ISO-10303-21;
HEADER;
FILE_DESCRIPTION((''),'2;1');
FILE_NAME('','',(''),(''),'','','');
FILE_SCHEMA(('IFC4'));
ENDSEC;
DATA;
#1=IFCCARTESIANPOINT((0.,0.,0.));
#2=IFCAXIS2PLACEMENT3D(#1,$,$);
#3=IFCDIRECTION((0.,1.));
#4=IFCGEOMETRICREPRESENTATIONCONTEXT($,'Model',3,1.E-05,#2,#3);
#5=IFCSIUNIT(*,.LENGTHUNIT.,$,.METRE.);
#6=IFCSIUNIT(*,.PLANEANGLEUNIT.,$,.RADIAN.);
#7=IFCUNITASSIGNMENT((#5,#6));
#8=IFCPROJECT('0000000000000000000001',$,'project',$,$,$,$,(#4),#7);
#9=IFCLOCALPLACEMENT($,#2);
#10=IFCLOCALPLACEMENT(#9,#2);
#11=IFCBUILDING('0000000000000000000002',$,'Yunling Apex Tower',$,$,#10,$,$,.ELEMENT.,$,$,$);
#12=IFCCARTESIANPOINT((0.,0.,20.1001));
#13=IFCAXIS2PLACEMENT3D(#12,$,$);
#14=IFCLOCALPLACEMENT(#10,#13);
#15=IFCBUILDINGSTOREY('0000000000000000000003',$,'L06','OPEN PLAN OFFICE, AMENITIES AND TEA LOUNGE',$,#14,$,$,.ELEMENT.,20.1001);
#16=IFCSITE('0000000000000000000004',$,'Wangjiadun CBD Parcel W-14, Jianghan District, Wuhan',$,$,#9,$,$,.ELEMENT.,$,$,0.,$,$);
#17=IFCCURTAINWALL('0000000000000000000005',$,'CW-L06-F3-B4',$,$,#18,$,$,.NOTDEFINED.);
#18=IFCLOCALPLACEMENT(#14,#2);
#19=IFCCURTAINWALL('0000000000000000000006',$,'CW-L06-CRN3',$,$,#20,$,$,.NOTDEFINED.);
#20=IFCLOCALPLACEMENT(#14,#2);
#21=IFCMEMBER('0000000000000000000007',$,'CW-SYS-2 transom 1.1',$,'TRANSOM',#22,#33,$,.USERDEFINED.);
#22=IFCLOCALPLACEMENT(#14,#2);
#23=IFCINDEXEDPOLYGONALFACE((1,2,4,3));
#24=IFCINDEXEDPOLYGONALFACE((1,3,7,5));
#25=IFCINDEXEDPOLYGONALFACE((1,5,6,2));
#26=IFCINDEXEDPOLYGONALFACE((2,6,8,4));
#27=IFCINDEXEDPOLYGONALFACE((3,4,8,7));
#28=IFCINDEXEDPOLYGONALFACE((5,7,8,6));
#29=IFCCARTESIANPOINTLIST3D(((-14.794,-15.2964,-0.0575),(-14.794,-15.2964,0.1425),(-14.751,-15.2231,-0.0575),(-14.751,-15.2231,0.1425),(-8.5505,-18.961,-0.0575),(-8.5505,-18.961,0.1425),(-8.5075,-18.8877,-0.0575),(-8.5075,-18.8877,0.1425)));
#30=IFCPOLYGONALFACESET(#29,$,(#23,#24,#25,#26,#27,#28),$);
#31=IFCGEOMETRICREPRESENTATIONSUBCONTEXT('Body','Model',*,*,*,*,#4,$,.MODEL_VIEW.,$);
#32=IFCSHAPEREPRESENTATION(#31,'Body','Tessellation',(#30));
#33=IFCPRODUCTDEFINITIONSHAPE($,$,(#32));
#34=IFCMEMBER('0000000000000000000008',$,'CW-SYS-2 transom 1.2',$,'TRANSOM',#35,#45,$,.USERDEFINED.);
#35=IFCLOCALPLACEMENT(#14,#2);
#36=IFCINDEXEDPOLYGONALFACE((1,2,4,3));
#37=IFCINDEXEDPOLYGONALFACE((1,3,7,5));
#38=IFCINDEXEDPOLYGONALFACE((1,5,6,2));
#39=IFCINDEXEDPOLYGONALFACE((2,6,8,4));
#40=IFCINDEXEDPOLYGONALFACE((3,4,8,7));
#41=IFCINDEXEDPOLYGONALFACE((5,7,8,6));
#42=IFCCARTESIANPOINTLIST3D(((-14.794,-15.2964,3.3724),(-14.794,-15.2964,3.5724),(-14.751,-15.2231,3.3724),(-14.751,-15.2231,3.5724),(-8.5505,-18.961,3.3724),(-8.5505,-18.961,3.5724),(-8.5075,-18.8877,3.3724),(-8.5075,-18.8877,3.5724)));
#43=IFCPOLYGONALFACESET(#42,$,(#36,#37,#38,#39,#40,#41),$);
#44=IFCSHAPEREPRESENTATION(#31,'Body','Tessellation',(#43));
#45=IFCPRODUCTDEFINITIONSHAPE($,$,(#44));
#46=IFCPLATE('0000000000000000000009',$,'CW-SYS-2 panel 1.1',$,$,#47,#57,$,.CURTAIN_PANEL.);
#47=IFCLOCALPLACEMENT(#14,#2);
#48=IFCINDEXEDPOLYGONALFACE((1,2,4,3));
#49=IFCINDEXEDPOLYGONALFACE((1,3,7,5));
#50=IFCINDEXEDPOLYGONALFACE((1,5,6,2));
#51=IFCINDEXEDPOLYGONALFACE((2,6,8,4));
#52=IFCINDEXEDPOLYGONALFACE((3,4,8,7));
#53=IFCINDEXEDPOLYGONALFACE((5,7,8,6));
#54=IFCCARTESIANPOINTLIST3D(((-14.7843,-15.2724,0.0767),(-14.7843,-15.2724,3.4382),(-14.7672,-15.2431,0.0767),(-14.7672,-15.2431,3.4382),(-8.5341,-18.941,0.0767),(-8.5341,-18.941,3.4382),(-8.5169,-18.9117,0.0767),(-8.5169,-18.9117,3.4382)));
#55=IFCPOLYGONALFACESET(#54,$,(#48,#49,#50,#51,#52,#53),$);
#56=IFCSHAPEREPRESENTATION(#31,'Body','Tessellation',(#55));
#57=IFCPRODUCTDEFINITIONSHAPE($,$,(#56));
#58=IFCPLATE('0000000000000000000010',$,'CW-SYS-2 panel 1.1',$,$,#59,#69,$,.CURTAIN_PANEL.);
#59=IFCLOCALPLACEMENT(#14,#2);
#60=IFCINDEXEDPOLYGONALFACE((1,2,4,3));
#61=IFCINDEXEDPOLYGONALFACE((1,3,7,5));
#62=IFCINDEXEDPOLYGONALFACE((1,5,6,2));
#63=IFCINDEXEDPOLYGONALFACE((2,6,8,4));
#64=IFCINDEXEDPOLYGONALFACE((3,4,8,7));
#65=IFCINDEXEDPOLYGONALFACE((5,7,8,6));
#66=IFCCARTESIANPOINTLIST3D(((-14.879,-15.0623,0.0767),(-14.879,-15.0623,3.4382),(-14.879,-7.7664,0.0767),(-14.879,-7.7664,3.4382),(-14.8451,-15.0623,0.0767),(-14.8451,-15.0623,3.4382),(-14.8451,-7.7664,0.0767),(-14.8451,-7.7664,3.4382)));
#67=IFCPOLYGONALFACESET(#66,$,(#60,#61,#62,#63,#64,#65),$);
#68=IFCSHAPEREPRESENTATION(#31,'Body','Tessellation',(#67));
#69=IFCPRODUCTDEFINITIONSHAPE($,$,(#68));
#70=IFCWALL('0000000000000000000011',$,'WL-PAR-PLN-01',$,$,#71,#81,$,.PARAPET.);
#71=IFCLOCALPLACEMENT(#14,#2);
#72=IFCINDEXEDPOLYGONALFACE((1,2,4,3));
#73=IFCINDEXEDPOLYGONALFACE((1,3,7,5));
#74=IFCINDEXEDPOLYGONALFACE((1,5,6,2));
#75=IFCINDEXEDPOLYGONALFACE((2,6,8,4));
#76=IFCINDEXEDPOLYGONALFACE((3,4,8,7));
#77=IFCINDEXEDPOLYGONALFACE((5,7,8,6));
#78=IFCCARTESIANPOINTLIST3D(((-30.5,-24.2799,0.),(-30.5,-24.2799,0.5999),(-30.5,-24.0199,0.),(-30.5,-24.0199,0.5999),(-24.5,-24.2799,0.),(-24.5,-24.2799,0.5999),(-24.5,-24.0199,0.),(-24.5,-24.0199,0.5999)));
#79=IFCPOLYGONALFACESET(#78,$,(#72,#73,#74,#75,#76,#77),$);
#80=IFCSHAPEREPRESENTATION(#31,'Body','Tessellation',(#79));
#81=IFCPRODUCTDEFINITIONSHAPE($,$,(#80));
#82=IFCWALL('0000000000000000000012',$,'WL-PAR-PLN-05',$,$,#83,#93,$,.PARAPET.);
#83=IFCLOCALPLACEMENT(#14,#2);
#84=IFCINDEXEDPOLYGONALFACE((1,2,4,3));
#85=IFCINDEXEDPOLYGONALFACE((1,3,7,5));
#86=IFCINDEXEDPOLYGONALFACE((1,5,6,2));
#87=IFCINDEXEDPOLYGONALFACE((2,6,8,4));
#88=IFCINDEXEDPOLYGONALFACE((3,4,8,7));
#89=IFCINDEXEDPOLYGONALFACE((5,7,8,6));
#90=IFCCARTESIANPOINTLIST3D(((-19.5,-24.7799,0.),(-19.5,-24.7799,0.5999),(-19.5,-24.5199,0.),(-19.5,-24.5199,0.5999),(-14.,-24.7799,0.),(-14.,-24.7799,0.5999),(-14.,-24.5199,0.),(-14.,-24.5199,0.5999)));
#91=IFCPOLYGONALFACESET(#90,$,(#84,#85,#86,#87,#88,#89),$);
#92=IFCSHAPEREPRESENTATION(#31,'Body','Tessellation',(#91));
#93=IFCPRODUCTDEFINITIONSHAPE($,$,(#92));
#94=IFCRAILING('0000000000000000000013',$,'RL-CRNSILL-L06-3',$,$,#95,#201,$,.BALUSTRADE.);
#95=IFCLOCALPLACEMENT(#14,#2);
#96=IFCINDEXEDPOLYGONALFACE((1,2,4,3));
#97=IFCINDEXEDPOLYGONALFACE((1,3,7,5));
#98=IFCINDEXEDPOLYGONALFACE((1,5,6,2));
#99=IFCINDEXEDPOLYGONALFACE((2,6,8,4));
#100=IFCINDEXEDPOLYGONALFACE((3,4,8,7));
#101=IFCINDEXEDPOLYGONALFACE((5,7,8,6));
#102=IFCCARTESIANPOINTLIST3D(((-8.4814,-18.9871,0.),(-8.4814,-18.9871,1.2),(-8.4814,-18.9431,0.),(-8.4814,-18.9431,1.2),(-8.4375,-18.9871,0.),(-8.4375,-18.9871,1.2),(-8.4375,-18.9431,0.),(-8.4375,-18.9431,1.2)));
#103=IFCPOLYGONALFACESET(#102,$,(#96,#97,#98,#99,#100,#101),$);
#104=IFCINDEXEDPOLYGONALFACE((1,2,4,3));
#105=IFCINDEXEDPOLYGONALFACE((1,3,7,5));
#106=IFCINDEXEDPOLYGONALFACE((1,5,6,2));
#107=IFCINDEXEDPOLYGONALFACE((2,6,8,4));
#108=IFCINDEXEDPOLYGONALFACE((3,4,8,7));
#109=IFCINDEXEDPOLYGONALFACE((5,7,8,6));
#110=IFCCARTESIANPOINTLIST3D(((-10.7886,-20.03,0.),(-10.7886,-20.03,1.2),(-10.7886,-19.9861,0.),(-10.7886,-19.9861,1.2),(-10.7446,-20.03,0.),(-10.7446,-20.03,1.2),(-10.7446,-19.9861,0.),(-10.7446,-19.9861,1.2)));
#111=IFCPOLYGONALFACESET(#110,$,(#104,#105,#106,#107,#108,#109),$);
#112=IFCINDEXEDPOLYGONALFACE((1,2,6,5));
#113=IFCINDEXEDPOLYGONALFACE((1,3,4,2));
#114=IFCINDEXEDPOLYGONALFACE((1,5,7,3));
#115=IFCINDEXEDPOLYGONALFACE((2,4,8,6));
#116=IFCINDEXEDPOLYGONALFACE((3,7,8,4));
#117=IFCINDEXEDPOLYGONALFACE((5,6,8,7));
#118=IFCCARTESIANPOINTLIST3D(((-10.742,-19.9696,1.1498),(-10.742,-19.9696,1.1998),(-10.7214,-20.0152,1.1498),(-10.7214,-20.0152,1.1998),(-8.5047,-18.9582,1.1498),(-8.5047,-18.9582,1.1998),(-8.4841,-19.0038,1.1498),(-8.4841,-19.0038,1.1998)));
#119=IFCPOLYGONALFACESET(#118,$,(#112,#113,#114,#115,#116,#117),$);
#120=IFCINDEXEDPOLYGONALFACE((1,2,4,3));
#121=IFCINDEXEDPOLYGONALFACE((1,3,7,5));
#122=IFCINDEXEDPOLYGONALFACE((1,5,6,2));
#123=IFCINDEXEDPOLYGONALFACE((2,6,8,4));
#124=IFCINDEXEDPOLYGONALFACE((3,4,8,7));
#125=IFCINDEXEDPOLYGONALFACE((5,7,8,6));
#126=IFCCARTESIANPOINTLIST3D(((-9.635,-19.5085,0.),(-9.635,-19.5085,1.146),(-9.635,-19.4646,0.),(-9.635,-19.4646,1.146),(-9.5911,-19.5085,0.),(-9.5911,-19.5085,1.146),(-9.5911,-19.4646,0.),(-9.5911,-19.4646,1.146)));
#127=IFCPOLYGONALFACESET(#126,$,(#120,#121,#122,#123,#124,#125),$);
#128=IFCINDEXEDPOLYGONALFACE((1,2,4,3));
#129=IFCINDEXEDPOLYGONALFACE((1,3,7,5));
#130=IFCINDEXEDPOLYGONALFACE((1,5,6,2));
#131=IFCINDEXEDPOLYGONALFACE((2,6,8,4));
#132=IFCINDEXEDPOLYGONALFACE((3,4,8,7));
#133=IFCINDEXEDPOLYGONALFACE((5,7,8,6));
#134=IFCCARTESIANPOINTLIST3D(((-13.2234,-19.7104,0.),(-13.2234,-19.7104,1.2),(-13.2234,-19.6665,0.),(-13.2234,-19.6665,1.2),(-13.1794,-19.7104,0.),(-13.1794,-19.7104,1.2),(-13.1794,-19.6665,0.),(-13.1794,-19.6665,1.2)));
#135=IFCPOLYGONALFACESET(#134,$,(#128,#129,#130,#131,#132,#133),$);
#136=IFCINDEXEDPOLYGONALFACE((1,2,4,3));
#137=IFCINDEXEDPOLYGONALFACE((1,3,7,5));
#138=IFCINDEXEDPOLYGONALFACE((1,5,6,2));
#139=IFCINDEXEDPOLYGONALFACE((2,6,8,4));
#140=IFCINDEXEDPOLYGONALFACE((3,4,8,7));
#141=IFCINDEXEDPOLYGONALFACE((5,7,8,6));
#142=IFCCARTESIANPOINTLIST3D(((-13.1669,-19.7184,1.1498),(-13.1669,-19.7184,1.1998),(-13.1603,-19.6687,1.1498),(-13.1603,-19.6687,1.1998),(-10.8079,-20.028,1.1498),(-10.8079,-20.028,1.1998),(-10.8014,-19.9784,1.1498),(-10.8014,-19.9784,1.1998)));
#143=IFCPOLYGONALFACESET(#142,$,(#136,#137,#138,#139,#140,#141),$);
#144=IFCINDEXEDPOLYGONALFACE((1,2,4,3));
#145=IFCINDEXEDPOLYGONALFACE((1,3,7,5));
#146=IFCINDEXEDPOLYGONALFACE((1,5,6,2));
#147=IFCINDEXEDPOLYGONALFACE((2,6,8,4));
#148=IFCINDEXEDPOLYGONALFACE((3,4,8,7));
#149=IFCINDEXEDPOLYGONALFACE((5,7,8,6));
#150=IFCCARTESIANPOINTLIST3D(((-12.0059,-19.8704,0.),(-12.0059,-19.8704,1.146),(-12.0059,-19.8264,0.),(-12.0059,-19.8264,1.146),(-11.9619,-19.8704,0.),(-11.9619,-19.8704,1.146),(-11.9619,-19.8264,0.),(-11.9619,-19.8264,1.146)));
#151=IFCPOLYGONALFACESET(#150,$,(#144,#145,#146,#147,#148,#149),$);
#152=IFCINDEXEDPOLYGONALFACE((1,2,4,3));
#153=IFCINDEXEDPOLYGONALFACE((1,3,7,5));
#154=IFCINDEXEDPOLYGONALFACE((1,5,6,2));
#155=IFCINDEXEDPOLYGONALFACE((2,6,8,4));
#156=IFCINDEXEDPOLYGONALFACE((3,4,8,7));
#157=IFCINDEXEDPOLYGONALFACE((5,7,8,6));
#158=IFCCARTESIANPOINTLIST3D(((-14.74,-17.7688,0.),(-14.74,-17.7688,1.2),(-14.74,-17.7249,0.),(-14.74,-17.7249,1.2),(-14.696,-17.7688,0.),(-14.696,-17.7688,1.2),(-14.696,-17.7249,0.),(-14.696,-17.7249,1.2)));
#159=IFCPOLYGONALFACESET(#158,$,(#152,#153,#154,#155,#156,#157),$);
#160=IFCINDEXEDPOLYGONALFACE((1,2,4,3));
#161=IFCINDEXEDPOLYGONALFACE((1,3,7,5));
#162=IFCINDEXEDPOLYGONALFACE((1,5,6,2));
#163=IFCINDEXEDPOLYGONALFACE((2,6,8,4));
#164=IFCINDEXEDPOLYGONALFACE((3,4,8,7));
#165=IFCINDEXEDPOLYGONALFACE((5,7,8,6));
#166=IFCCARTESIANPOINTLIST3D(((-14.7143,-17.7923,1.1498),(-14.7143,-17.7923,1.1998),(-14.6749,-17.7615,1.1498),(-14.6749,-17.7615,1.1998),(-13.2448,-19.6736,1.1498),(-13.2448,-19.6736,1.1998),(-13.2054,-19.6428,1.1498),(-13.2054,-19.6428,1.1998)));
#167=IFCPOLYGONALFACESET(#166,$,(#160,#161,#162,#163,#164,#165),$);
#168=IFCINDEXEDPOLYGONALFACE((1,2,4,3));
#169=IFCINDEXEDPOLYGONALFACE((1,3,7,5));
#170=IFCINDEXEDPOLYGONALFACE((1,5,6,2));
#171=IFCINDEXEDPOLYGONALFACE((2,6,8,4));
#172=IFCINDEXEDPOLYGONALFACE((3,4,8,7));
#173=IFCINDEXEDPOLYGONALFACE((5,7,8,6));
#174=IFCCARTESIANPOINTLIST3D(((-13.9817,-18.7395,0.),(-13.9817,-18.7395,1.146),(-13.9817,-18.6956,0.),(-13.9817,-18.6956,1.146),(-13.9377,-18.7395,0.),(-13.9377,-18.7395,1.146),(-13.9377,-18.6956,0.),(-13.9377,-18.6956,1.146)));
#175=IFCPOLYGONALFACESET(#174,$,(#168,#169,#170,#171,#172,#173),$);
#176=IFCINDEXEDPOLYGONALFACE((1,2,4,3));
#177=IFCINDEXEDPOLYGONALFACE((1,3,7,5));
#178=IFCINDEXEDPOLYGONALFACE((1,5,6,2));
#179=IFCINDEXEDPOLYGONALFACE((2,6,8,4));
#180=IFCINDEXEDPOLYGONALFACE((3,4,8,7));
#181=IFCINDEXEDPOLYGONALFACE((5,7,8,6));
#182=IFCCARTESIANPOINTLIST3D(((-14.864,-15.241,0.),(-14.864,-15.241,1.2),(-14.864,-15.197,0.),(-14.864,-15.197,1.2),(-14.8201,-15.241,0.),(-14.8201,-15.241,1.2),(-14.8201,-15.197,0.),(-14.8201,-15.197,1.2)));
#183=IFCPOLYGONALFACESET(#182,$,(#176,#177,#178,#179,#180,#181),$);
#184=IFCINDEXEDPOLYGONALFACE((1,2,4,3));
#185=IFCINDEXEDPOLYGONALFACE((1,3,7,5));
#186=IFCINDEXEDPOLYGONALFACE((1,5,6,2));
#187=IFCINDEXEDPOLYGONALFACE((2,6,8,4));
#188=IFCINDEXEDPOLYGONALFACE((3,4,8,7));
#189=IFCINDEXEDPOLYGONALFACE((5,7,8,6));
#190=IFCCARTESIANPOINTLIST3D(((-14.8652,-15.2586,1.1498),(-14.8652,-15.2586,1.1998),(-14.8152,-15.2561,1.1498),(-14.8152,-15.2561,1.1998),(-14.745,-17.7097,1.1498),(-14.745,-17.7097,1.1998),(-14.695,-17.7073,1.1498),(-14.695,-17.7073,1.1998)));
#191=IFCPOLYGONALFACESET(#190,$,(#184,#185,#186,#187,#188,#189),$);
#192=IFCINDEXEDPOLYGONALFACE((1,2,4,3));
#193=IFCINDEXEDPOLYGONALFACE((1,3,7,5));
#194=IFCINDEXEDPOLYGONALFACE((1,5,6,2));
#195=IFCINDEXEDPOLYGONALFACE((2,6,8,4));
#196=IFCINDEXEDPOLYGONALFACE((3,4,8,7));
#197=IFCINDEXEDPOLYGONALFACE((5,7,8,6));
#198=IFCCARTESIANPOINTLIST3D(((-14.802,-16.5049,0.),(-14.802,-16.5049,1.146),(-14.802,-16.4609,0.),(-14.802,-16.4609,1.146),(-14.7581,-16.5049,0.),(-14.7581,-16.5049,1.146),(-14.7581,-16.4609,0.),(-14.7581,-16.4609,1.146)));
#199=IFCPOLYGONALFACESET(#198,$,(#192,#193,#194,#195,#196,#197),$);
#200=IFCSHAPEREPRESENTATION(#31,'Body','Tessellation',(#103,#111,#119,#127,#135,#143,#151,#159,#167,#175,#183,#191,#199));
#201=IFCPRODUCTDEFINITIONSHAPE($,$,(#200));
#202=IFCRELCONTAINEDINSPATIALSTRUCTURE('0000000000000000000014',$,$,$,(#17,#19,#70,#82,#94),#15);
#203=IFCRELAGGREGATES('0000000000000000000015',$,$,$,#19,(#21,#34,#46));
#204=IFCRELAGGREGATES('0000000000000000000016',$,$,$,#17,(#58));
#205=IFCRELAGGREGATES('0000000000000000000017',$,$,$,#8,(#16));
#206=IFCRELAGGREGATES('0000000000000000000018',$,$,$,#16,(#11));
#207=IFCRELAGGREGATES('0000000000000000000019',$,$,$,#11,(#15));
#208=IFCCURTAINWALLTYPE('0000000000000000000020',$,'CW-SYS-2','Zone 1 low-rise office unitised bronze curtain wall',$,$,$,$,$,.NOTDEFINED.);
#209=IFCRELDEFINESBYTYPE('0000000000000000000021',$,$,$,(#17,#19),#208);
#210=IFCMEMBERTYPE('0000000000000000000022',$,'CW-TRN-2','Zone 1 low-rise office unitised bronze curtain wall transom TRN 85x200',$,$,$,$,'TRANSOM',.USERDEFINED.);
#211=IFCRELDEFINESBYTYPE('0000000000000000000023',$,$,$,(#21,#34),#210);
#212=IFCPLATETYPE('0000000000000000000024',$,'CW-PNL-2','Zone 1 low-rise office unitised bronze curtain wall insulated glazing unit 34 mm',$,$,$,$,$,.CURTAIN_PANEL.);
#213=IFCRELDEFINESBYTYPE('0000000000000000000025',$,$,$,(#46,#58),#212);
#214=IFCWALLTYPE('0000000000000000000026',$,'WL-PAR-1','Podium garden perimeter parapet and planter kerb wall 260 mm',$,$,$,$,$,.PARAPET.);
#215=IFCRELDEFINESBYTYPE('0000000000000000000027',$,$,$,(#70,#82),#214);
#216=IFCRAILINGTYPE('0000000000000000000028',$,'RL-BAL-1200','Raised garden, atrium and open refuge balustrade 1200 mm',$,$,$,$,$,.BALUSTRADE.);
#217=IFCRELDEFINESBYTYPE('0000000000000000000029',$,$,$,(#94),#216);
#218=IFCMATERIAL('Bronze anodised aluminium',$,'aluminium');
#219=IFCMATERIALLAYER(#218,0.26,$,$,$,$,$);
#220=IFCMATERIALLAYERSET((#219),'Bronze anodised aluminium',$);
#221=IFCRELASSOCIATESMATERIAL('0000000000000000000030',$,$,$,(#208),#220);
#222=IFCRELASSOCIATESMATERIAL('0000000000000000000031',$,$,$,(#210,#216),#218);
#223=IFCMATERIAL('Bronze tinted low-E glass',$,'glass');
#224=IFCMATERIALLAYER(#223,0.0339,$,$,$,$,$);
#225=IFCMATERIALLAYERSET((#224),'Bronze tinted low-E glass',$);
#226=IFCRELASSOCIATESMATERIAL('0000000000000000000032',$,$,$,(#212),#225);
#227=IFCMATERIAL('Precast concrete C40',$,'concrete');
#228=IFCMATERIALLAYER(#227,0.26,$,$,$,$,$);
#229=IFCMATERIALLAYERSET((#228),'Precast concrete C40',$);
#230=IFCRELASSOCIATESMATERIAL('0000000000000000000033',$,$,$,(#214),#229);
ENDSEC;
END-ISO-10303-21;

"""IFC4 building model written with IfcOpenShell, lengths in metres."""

from ifc_helpers import new_model, si_unit, direction, frame, frame_2d, origin, origin_2d, place, context, subcontext, project, spatial, rectangle, extrude, source, transform, mapped, material, layer, layer_set, material_profile, profile_set, type_object, element, aggregate, save


model = new_model("IFC4")

# Units and contexts
model_context = context("Model", 3, precision=1e-05, world=origin(), true_north=direction((0.0, 1.0)))
body_context = subcontext(model_context, "Body", "Model", "MODEL_VIEW")
ifc_project = project(units=[si_unit("LENGTHUNIT", "METRE"), si_unit("PLANEANGLEUNIT", "RADIAN")], contexts=[model_context])

# Site, building, storey
site_placement = place(None, origin())
site = spatial("IfcSite", under=ifc_project, at=site_placement, Name="Wangjiadun CBD Parcel W-14, Jianghan District, Wuhan", CompositionType="ELEMENT", RefElevation=0.0)
building_placement = place(site_placement, origin())
building = spatial("IfcBuilding", under=site, at=building_placement, Name="Yunling Apex Tower", CompositionType="ELEMENT")
storey_placement = place(building_placement, frame((0.0, 0.0, 20.1001)))
storey = spatial("IfcBuildingStorey", under=building, at=storey_placement, Name="L06", Description="OPEN PLAN OFFICE, AMENITIES AND TEA LOUNGE", CompositionType="ELEMENT", Elevation=20.1001)

# Curtain wall
ifc_material_1 = material(Name="Bronze anodised aluminium", Category="aluminium")
ifc_layer_1 = layer(ifc_material_1, 0.26)
ifc_layer_set_1 = layer_set([ifc_layer_1], Name="Bronze anodised aluminium")
curtain_wall_type = type_object("IfcCurtainWallType", Name="CW-SYS-2", Description="Zone 1 low-rise office unitised bronze curtain wall", PredefinedType="NOTDEFINED", material=ifc_layer_set_1)
curtain_wall_1_placement = place(storey_placement, origin())
curtain_wall_1 = element("IfcCurtainWall", 1, at=curtain_wall_1_placement, inside=storey, type_object=curtain_wall_type, Name="CW-L06-F3-B4", PredefinedType="NOTDEFINED")

# Curtain wall, members, plate
curtain_wall_2_placement = place(storey_placement, origin())
curtain_wall_2 = element("IfcCurtainWall", 2, at=curtain_wall_2_placement, inside=storey, type_object=curtain_wall_type, Name="CW-L06-CRN3", PredefinedType="NOTDEFINED")
ifc_material_profile_1 = material_profile(ifc_material_1, rectangle(XDim=0.085, YDim=0.2, at=origin_2d()))
ifc_profile_set_1 = profile_set([ifc_material_profile_1], Name="Bronze anodised aluminium")
member_type_1 = type_object("IfcMemberType", Name="CW-TRN-2", Description="Zone 1 low-rise office unitised bronze curtain wall transom TRN 85x200", ElementType="TRANSOM", PredefinedType="USERDEFINED", material=ifc_profile_set_1)
shared_shape_1 = source(origin(), body_context, "Body", "SweptSolid", [
    extrude(rectangle(XDim=0.085, YDim=0.2, at=origin_2d()), origin(), (0.0, 0.0, 1.0), 7.2395),
])
member_1_placement = place(storey_placement, frame((-14.7725, -15.2598, 0.0425), z_axis=(0.862419, -0.506195, 0.0), x_axis=(0.506195, 0.862419, 0.0)))
member_1 = element("IfcMember", 3, at=member_1_placement, type_object=member_type_1, Name="CW-SYS-2 transom 1.1", ObjectType="TRANSOM", PredefinedType="USERDEFINED", context=body_context, shape_type="MappedRepresentation", body=[
    mapped(shared_shape_1, transform((0.0, 0.0, 0.0), scale=1.0)),
])
member_2_placement = place(storey_placement, frame((-14.7725, -15.2598, 3.4724), z_axis=(0.862419, -0.506195, 0.0), x_axis=(0.506195, 0.862419, 0.0)))
member_2 = element("IfcMember", 4, at=member_2_placement, type_object=member_type_1, Name="CW-SYS-2 transom 1.2", ObjectType="TRANSOM", PredefinedType="USERDEFINED", context=body_context, shape_type="MappedRepresentation", body=[
    mapped(shared_shape_1, transform((0.0, 0.0, 0.0), scale=1.0)),
])
ifc_material_2 = material(Name="Bronze tinted low-E glass", Category="glass")
ifc_layer_2 = layer(ifc_material_2, 0.0339)
ifc_layer_set_2 = layer_set([ifc_layer_2], Name="Bronze tinted low-E glass")
plate_type = type_object("IfcPlateType", Name="CW-PNL-2", Description="Zone 1 low-rise office unitised bronze curtain wall insulated glazing unit 34 mm", PredefinedType="CURTAIN_PANEL", material=ifc_layer_set_2)
shared_shape_2 = source(origin(), body_context, "Body", "SweptSolid", [
    extrude(rectangle(XDim=7.2473, YDim=0.0339, at=origin_2d()), origin(), (0.0, 0.0, 1.0), 3.3616),
])
plate_1_placement = place(storey_placement, frame((-11.6506, -17.092, 0.0767), z_axis=(0.0, 0.0, 1.0), x_axis=(0.862419, -0.506196, 0.0)))
plate_1 = element("IfcPlate", 5, at=plate_1_placement, type_object=plate_type, Name="CW-SYS-2 panel 1.1", PredefinedType="CURTAIN_PANEL", context=body_context, shape_type="MappedRepresentation", body=[
    mapped(shared_shape_2, transform((0.0, 0.0, 0.0), scale=1.0)),
])
aggregate(curtain_wall_2, [member_1, member_2, plate_1])

# Plate
shared_shape_3 = source(origin(), body_context, "Body", "SweptSolid", [
    extrude(rectangle(XDim=7.2959, YDim=0.0339, at=origin_2d()), origin(), (0.0, 0.0, 1.0), 3.3616),
])
plate_2_placement = place(storey_placement, frame((-14.8621, -11.4143, 0.0767), z_axis=(0.0, 0.0, 1.0), x_axis=(0.0, -1.0, 0.0)))
plate_2 = element("IfcPlate", 6, at=plate_2_placement, type_object=plate_type, Name="CW-SYS-2 panel 1.1", PredefinedType="CURTAIN_PANEL", context=body_context, shape_type="MappedRepresentation", body=[
    mapped(shared_shape_3, transform((0.0, 0.0, 0.0), scale=1.0)),
])
aggregate(curtain_wall_1, [plate_2])

# Walls
ifc_material_3 = material(Name="Precast concrete C40", Category="concrete")
ifc_layer_3 = layer(ifc_material_3, 0.26)
ifc_layer_set_3 = layer_set([ifc_layer_3], Name="Precast concrete C40")
wall_type = type_object("IfcWallType", Name="WL-PAR-1", Description="Podium garden perimeter parapet and planter kerb wall 260 mm", PredefinedType="PARAPET", material=ifc_layer_set_3)
wall_1_placement = place(storey_placement, frame((-30.5, -24.1499, 0.0), z_axis=(0.0, 0.0, 1.0), x_axis=(1.0, 0.0, 0.0)))
element("IfcWall", 7, at=wall_1_placement, inside=storey, type_object=wall_type, Name="WL-PAR-PLN-01", PredefinedType="PARAPET", context=body_context, shape_type="SweptSolid", body=[
    extrude(rectangle(XDim=6.0, YDim=0.26, at=frame_2d((3.0, 0.0))), origin(), (0.0, 0.0, 1.0), 0.5999),
])
wall_2_placement = place(storey_placement, frame((-19.5, -24.6499, 0.0), z_axis=(0.0, 0.0, 1.0), x_axis=(1.0, 0.0, 0.0)))
element("IfcWall", 8, at=wall_2_placement, inside=storey, type_object=wall_type, Name="WL-PAR-PLN-05", PredefinedType="PARAPET", context=body_context, shape_type="SweptSolid", body=[
    extrude(rectangle(XDim=5.5, YDim=0.26, at=frame_2d((2.75, 0.0))), origin(), (0.0, 0.0, 1.0), 0.5999),
])

# Railing
railing_type = type_object("IfcRailingType", Name="RL-BAL-1200", Description="Raised garden, atrium and open refuge balustrade 1200 mm", PredefinedType="BALUSTRADE", material=ifc_material_1)
railing_1_placement = place(storey_placement, frame((-8.4595, -18.9651, 0.0)))
element("IfcRailing", 9, at=railing_1_placement, inside=storey, type_object=railing_type, Name="RL-CRNSILL-L06-3", PredefinedType="BALUSTRADE", context=body_context, shape_type="SweptSolid", body=[
    extrude(rectangle(XDim=0.0439, YDim=0.0439, at=origin_2d()), origin(), (0.0, 0.0, 1.0), 1.2),
    extrude(rectangle(XDim=0.0439, YDim=0.0439, at=origin_2d()), frame((-2.3071, -1.043, 0.0)), (0.0, 0.0, 1.0), 1.2),
    extrude(rectangle(XDim=0.05, YDim=0.05, at=origin_2d()), frame((-0.0349, -0.0159, 1.1748), z_axis=(-0.911217, -0.411928, 0.0), x_axis=(0.411928, -0.911217, 0.0)), (0.0, 0.0, 1.0), 2.4553),
    extrude(rectangle(XDim=0.0439, YDim=0.0439, at=origin_2d()), frame((-1.1536, -0.5215, 0.0)), (0.0, 0.0, 1.0), 1.146),
    extrude(rectangle(XDim=0.0439, YDim=0.0439, at=origin_2d()), frame((-4.7419, -0.7234, 0.0)), (0.0, 0.0, 1.0), 1.2),
    extrude(rectangle(XDim=0.05, YDim=0.05, at=origin_2d()), frame((-2.3452, -1.0381, 1.1748), z_axis=(-0.991496, 0.130138, 0.0), x_axis=(-0.130138, -0.991496, 0.0)), (0.0, 0.0, 1.0), 2.3792),
    extrude(rectangle(XDim=0.0439, YDim=0.0439, at=origin_2d()), frame((-3.5244, -0.8833, 0.0)), (0.0, 0.0, 1.0), 1.146),
    extrude(rectangle(XDim=0.0439, YDim=0.0439, at=origin_2d()), frame((-6.2585, 1.2183, 0.0)), (0.0, 0.0, 1.0), 1.2),
    extrude(rectangle(XDim=0.05, YDim=0.05, at=origin_2d()), frame((-4.7656, -0.6931, 1.1748), z_axis=(-0.615565, 0.788086, 0.0), x_axis=(-0.788086, -0.615565, 0.0)), (0.0, 0.0, 1.0), 2.3872),
    extrude(rectangle(XDim=0.0439, YDim=0.0439, at=origin_2d()), frame((-5.5002, 0.2476, 0.0)), (0.0, 0.0, 1.0), 1.146),
    extrude(rectangle(XDim=0.0439, YDim=0.0439, at=origin_2d()), frame((-6.3826, 3.7461, 0.0)), (0.0, 0.0, 1.0), 1.2),
    extrude(rectangle(XDim=0.05, YDim=0.05, at=origin_2d()), frame((-6.2605, 1.2566, 1.1748), z_axis=(-0.049004, 0.998799, 0.0), x_axis=(-0.998799, -0.049004, 0.0)), (0.0, 0.0, 1.0), 2.4541),
    extrude(rectangle(XDim=0.0439, YDim=0.0439, at=origin_2d()), frame((-6.3206, 2.4822, 0.0)), (0.0, 0.0, 1.0), 1.146),
])

save(model, "model.ifc")
